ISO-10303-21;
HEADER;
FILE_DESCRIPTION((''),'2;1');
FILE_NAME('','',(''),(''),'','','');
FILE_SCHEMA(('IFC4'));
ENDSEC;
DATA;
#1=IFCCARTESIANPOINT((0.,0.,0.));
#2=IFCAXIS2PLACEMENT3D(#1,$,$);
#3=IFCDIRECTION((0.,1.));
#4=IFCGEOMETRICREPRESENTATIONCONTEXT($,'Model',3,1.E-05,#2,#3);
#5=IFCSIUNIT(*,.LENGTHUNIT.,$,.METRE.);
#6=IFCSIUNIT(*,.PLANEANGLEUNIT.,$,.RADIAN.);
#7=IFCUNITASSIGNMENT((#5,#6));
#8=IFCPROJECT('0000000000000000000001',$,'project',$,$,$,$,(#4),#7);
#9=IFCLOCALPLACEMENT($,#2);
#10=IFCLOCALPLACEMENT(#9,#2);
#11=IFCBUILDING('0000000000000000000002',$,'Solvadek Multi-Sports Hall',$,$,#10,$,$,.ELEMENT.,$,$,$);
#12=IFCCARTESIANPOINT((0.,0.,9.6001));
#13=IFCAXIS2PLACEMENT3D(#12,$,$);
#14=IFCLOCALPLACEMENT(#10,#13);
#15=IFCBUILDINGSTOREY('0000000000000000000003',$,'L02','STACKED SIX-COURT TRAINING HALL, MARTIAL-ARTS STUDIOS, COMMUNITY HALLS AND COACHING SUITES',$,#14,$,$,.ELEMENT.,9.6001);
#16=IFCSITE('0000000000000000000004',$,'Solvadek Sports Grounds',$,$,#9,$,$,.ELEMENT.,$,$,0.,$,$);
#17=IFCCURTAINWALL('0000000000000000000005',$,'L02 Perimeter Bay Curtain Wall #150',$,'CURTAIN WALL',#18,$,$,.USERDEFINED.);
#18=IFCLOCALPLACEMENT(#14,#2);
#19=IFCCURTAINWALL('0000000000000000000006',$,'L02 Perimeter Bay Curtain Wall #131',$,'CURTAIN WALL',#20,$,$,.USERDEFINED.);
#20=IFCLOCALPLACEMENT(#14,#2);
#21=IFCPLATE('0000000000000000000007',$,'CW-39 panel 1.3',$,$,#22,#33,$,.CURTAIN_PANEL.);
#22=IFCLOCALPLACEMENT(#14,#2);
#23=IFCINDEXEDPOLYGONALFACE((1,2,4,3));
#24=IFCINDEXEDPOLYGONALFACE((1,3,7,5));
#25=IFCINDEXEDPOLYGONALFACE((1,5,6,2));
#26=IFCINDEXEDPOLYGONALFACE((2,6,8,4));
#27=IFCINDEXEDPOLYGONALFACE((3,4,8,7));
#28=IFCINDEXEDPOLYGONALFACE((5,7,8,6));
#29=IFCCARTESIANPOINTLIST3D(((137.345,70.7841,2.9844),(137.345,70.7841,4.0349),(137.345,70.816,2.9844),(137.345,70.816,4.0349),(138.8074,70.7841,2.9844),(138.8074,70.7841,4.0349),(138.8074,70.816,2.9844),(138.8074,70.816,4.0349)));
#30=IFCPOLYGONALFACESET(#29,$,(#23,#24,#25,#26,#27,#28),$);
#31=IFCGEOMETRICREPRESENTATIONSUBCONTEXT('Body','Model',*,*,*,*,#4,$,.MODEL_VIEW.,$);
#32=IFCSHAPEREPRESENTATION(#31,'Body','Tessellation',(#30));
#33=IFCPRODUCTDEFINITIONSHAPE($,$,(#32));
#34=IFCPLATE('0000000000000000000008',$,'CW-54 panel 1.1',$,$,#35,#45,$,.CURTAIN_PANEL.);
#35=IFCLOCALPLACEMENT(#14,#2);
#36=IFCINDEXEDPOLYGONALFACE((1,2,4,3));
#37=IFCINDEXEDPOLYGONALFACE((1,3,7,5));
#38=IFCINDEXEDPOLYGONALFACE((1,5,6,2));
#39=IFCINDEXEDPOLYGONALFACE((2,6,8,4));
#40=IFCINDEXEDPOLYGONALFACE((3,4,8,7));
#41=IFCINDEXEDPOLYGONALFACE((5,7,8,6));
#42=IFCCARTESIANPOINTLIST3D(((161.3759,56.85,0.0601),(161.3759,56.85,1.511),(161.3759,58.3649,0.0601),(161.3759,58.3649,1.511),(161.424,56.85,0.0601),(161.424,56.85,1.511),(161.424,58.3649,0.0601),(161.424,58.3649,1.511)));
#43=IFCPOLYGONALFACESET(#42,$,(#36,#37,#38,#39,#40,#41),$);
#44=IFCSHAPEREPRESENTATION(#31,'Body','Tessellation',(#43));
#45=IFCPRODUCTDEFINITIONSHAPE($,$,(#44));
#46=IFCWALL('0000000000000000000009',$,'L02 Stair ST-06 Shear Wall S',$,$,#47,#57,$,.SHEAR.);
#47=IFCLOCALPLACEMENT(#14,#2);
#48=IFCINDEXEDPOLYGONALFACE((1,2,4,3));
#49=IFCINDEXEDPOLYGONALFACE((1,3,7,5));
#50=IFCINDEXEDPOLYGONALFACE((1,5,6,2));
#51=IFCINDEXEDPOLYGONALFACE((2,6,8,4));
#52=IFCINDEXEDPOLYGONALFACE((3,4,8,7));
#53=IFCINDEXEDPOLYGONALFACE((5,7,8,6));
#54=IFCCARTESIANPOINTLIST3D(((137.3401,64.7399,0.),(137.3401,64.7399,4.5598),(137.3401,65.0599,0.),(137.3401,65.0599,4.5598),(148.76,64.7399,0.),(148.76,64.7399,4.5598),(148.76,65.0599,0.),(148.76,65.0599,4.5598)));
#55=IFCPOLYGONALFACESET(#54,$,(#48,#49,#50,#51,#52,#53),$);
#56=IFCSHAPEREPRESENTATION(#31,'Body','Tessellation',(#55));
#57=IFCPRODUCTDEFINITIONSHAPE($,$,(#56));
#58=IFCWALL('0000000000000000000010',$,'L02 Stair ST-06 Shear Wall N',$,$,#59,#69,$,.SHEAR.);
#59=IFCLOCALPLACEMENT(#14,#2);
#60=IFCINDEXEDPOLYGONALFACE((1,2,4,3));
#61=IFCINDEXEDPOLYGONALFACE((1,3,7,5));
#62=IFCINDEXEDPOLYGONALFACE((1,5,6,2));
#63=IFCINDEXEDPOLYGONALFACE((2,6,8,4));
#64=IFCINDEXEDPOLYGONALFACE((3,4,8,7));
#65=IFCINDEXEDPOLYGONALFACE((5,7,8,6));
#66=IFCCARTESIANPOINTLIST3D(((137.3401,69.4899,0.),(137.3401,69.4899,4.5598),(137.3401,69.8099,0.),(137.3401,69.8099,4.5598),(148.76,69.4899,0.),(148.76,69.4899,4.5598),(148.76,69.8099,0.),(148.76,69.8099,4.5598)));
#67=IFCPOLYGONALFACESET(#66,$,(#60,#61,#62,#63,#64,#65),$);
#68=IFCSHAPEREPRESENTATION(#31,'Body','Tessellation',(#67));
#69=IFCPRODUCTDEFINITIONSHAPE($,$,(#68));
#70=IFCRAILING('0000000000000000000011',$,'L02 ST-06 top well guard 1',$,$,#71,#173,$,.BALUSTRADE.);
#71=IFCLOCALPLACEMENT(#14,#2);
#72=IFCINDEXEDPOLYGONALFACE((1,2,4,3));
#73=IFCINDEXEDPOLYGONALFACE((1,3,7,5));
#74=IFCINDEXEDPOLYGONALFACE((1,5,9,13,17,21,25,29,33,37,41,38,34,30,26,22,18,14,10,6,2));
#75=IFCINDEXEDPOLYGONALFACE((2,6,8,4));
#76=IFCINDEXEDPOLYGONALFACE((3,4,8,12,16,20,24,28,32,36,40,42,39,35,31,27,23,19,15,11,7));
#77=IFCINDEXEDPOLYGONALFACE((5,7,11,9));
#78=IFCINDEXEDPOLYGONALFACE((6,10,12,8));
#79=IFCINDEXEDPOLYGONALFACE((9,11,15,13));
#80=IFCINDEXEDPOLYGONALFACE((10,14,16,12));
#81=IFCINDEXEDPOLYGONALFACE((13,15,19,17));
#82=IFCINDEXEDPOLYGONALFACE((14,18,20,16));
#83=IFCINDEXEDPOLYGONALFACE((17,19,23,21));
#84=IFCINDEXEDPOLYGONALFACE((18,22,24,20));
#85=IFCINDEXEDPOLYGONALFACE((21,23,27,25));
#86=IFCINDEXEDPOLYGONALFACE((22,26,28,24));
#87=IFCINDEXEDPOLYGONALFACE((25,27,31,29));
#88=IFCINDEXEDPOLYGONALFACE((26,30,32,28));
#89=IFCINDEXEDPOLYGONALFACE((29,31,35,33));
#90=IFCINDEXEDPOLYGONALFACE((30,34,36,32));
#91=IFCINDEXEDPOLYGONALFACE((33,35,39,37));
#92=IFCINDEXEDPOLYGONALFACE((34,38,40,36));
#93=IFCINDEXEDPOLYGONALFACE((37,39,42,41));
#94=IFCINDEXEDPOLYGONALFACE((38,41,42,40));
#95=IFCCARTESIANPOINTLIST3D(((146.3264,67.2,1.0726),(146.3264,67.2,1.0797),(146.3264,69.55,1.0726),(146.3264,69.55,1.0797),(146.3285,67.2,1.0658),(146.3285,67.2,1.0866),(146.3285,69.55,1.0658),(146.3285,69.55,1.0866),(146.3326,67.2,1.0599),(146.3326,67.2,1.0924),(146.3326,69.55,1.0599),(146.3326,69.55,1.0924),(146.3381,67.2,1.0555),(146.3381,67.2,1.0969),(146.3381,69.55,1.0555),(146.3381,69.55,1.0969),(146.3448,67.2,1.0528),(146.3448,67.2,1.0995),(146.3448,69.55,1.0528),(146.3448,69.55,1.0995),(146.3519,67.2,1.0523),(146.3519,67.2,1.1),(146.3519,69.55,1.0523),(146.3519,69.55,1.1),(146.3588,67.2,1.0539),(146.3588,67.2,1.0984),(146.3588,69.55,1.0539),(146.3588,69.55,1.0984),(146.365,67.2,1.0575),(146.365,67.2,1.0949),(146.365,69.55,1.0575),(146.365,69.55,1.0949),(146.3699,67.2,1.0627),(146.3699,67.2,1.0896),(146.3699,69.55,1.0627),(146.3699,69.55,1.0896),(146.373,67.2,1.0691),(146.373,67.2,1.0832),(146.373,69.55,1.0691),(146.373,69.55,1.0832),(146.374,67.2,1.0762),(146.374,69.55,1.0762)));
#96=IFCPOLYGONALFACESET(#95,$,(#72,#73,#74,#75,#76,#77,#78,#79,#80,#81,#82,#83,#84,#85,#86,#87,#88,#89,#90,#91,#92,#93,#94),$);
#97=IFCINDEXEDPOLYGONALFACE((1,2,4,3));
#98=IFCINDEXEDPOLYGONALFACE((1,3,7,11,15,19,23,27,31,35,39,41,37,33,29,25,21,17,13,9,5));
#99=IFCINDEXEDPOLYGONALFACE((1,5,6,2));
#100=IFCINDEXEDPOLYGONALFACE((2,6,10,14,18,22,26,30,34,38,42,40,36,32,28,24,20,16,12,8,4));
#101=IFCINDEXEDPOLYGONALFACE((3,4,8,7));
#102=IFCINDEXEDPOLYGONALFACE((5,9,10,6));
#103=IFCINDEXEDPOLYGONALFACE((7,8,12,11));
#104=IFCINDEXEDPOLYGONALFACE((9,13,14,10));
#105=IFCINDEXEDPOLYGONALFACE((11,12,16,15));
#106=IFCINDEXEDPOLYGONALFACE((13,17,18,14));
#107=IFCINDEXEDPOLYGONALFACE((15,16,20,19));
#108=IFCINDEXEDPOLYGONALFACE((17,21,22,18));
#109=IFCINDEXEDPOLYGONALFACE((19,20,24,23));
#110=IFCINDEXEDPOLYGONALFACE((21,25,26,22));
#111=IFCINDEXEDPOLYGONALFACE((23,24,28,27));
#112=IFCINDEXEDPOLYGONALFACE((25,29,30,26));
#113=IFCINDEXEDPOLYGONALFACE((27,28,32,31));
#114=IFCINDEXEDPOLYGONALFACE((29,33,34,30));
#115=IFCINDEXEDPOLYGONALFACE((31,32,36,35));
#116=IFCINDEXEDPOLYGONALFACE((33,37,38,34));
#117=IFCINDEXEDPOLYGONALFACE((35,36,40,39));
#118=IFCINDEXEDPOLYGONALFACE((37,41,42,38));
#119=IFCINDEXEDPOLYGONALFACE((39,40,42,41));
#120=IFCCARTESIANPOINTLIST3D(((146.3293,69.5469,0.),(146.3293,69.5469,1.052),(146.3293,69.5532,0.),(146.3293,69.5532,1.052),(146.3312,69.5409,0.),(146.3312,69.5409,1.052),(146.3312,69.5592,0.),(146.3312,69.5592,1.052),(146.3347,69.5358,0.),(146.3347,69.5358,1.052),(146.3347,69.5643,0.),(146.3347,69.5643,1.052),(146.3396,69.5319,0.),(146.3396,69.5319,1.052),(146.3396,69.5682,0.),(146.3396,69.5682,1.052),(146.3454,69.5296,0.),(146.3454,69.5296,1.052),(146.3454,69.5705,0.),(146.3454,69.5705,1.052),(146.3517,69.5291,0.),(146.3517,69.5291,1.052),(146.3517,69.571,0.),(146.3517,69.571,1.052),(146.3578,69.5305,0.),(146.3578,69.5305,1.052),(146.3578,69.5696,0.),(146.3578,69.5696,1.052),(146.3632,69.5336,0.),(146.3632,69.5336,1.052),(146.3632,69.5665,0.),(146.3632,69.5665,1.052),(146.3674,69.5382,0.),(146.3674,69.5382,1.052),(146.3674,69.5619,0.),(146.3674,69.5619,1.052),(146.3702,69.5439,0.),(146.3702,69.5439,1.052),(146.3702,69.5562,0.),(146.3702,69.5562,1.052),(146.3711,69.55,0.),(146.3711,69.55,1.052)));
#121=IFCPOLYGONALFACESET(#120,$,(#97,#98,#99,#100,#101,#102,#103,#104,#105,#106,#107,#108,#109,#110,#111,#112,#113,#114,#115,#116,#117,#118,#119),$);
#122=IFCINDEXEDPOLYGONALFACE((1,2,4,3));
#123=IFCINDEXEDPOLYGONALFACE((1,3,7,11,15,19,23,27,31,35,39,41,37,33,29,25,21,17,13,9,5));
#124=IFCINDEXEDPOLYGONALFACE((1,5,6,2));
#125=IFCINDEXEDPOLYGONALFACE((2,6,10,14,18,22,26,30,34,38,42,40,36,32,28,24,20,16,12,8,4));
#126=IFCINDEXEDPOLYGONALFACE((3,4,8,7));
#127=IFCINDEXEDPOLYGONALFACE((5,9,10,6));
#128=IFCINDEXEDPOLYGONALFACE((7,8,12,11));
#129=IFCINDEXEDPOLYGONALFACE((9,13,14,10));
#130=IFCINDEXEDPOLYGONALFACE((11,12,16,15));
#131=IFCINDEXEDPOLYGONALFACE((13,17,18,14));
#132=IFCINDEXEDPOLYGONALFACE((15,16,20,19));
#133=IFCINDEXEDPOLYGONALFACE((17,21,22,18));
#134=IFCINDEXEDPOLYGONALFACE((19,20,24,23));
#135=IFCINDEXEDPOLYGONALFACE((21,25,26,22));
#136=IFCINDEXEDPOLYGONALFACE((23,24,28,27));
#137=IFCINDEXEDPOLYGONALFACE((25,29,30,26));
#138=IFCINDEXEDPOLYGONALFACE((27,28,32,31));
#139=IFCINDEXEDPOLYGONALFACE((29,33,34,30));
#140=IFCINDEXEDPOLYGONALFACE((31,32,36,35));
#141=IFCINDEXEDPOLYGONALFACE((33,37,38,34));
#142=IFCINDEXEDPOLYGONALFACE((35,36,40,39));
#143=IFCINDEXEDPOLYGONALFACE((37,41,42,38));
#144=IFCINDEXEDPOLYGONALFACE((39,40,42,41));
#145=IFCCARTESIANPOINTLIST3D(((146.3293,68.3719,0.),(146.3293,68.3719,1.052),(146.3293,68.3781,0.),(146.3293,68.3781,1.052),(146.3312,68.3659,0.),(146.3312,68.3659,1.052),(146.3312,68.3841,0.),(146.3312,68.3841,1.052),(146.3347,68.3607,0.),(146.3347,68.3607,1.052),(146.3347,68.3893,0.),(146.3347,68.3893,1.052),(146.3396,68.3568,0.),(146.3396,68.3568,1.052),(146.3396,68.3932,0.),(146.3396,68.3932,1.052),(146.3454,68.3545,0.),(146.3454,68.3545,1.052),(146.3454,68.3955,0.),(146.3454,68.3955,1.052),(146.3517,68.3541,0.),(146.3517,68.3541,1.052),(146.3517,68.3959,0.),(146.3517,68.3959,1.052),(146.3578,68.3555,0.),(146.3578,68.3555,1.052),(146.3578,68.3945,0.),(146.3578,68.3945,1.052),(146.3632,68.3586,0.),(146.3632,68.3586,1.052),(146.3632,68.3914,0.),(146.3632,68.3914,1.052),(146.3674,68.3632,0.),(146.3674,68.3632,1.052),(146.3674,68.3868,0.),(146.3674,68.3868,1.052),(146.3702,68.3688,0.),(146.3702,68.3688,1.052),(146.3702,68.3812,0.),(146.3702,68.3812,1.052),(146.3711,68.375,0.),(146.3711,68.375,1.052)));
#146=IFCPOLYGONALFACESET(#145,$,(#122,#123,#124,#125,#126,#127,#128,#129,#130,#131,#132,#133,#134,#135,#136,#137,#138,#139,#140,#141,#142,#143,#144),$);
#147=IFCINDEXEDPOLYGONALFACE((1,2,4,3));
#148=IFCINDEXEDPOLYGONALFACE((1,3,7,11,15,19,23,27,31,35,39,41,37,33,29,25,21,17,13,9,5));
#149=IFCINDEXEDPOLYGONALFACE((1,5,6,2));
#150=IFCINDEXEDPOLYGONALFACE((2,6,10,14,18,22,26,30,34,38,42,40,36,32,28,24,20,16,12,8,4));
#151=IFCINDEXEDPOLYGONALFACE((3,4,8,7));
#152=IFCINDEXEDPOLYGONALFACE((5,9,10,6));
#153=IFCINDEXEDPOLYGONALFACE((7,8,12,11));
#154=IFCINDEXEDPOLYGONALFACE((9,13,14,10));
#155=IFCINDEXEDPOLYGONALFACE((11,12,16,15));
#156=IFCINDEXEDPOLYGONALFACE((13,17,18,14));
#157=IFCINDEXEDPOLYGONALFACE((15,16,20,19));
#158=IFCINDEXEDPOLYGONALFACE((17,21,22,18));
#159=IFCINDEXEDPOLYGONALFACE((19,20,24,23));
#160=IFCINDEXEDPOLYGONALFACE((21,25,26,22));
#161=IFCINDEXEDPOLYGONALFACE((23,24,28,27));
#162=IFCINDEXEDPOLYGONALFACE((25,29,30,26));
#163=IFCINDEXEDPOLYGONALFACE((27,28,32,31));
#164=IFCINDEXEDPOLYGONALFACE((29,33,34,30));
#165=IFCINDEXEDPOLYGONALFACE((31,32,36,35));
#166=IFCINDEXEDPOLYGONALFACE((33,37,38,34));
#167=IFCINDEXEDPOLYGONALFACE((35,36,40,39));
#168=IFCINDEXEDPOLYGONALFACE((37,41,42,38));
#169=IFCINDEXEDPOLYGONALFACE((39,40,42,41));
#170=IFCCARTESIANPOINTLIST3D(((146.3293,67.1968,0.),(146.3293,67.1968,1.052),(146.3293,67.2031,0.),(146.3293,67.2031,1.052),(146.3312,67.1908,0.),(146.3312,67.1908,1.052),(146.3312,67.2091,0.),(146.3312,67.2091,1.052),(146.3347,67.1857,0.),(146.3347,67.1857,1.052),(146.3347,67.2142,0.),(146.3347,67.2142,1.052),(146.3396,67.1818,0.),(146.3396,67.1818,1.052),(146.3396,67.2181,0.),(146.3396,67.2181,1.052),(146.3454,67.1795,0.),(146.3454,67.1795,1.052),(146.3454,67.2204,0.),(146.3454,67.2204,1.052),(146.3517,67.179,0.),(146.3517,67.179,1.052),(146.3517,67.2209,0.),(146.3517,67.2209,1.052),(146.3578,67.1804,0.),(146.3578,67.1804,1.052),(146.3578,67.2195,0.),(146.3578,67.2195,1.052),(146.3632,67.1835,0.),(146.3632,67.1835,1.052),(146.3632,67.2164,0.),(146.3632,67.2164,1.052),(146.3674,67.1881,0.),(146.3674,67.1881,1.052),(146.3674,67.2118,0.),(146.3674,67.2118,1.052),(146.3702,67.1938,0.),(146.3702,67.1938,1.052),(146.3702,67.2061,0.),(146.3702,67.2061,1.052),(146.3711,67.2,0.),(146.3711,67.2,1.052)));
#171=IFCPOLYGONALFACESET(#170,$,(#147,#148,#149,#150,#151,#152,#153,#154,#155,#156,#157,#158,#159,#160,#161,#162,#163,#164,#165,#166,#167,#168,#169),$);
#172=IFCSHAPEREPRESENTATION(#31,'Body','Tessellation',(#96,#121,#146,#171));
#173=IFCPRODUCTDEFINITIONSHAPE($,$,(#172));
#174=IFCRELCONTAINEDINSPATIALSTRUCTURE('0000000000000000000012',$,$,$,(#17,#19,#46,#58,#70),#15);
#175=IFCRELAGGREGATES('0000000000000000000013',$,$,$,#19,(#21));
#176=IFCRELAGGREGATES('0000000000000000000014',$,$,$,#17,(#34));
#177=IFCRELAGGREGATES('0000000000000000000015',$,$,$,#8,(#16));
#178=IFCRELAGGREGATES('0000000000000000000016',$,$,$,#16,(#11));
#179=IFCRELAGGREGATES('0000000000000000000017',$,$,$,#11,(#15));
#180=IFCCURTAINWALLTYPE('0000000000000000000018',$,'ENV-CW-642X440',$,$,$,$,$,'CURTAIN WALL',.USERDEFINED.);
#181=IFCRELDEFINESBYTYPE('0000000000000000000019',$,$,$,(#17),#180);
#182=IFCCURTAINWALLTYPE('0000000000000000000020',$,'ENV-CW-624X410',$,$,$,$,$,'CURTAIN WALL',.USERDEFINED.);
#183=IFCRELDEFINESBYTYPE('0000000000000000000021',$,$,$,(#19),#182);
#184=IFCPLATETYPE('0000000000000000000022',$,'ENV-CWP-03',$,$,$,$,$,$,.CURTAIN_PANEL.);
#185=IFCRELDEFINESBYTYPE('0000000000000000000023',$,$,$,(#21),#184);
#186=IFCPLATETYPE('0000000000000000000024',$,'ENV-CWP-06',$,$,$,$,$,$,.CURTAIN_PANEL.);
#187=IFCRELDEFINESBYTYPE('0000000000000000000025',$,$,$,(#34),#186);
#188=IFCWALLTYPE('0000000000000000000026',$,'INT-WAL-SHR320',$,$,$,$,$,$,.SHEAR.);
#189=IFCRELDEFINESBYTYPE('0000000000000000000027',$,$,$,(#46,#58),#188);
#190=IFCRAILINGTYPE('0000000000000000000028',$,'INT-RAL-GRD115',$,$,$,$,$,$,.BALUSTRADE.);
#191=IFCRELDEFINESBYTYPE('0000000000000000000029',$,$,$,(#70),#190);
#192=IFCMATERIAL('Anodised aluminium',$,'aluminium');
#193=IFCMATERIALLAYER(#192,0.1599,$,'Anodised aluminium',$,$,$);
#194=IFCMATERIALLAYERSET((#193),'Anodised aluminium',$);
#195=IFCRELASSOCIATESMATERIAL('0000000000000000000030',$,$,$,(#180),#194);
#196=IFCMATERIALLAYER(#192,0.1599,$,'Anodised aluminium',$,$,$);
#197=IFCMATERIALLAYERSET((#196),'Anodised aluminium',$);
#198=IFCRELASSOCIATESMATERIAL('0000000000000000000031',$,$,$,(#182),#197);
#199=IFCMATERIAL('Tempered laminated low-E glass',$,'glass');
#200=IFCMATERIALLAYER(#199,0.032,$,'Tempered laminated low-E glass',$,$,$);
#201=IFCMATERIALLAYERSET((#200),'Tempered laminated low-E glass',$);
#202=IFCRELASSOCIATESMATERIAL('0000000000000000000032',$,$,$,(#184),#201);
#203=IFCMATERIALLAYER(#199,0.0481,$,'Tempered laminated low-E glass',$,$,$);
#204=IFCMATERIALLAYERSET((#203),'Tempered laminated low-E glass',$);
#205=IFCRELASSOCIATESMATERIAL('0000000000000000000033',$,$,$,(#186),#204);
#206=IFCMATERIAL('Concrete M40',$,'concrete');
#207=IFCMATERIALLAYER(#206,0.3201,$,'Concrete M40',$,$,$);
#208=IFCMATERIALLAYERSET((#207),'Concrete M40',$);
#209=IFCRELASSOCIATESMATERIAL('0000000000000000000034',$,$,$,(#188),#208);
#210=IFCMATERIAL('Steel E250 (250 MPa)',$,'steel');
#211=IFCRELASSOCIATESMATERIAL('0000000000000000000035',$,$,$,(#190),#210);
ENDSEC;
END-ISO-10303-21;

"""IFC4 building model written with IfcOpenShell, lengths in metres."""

from ifc_helpers import new_model, si_unit, direction, frame, frame_2d, origin, origin_2d, place, context, subcontext, project, spatial, rectangle, circle, extrude, material, layer, layer_set, type_object, element, aggregate, save


model = new_model("IFC4")

# Units and contexts
model_context = context("Model", 3, precision=1e-05, world=origin(), true_north=direction((0.0, 1.0)))
body_context = subcontext(model_context, "Body", "Model", "MODEL_VIEW")
ifc_project = project(units=[si_unit("LENGTHUNIT", "METRE"), si_unit("PLANEANGLEUNIT", "RADIAN")], contexts=[model_context])

# Site, building, storey
site_placement = place(None, origin())
site = spatial("IfcSite", under=ifc_project, at=site_placement, Name="Solvadek Sports Grounds", CompositionType="ELEMENT", RefElevation=0.0)
building_placement = place(site_placement, origin())
building = spatial("IfcBuilding", under=site, at=building_placement, Name="Solvadek Multi-Sports Hall", CompositionType="ELEMENT")
storey_placement = place(building_placement, frame((0.0, 0.0, 9.6001)))
storey = spatial("IfcBuildingStorey", under=building, at=storey_placement, Name="L02", Description="STACKED SIX-COURT TRAINING HALL, MARTIAL-ARTS STUDIOS, COMMUNITY HALLS AND COACHING SUITES", CompositionType="ELEMENT", Elevation=9.6001)

# Curtain wall
ifc_material_1 = material(Name="Anodised aluminium", Category="aluminium")
ifc_layer_1 = layer(ifc_material_1, 0.1599, Name="Anodised aluminium")
ifc_layer_set_1 = layer_set([ifc_layer_1], Name="Anodised aluminium")
curtain_wall_type_1 = type_object("IfcCurtainWallType", Name="ENV-CW-642X440", ElementType="CURTAIN WALL", PredefinedType="USERDEFINED", material=ifc_layer_set_1)
curtain_wall_1_placement = place(storey_placement, origin())
curtain_wall_1 = element("IfcCurtainWall", 1, at=curtain_wall_1_placement, inside=storey, type_object=curtain_wall_type_1, Name="L02 Perimeter Bay Curtain Wall #150", ObjectType="CURTAIN WALL", PredefinedType="USERDEFINED")

# Curtain wall
ifc_layer_2 = layer(ifc_material_1, 0.1599, Name="Anodised aluminium")
ifc_layer_set_2 = layer_set([ifc_layer_2], Name="Anodised aluminium")
curtain_wall_type_2 = type_object("IfcCurtainWallType", Name="ENV-CW-624X410", ElementType="CURTAIN WALL", PredefinedType="USERDEFINED", material=ifc_layer_set_2)
curtain_wall_2_placement = place(storey_placement, origin())
curtain_wall_2 = element("IfcCurtainWall", 2, at=curtain_wall_2_placement, inside=storey, type_object=curtain_wall_type_2, Name="L02 Perimeter Bay Curtain Wall #131", ObjectType="CURTAIN WALL", PredefinedType="USERDEFINED")

# Plates
ifc_material_2 = material(Name="Tempered laminated low-E glass", Category="glass")
ifc_layer_3 = layer(ifc_material_2, 0.032, Name="Tempered laminated low-E glass")
ifc_layer_set_3 = layer_set([ifc_layer_3], Name="Tempered laminated low-E glass")
plate_type_1 = type_object("IfcPlateType", Name="ENV-CWP-03", PredefinedType="CURTAIN_PANEL", material=ifc_layer_set_3)
plate_1_placement = place(storey_placement, frame((138.0762, 70.8, 2.9844), z_axis=(0.0, 0.0, 1.0), x_axis=(1.0, 0.0, 0.0)))
plate_1 = element("IfcPlate", 3, at=plate_1_placement, type_object=plate_type_1, Name="CW-39 panel 1.3", PredefinedType="CURTAIN_PANEL", context=body_context, shape_type="SweptSolid", body=[
    extrude(rectangle(XDim=1.4624, YDim=0.032, at=origin_2d()), origin(), (0.0, 0.0, 1.0), 1.0505),
])
aggregate(curtain_wall_2, [plate_1])
ifc_layer_4 = layer(ifc_material_2, 0.0481, Name="Tempered laminated low-E glass")
ifc_layer_set_4 = layer_set([ifc_layer_4], Name="Tempered laminated low-E glass")
plate_type_2 = type_object("IfcPlateType", Name="ENV-CWP-06", PredefinedType="CURTAIN_PANEL", material=ifc_layer_set_4)
plate_2_placement = place(storey_placement, frame((161.3999, 57.6074, 0.0601), z_axis=(0.0, 0.0, 1.0), x_axis=(0.0, 1.0, 0.0)))
plate_2 = element("IfcPlate", 4, at=plate_2_placement, type_object=plate_type_2, Name="CW-54 panel 1.1", PredefinedType="CURTAIN_PANEL", context=body_context, shape_type="SweptSolid", body=[
    extrude(rectangle(XDim=1.5149, YDim=0.0481, at=origin_2d()), origin(), (0.0, 0.0, 1.0), 1.4509),
])
aggregate(curtain_wall_1, [plate_2])

# Walls
ifc_material_3 = material(Name="Concrete M40", Category="concrete")
ifc_layer_5 = layer(ifc_material_3, 0.3201, Name="Concrete M40")
ifc_layer_set_5 = layer_set([ifc_layer_5], Name="Concrete M40")
wall_type = type_object("IfcWallType", Name="INT-WAL-SHR320", PredefinedType="SHEAR", material=ifc_layer_set_5)
for number, where, z_axis, x_axis, name in (
    (5, (137.3401, 64.8999, 0.0), (0.0, 0.0, 1.0), (1.0, 0.0, 0.0), "L02 Stair ST-06 Shear Wall S"),
    (6, (137.3401, 69.6499, 0.0), (0.0, 0.0, 1.0), (1.0, 0.0, 0.0), "L02 Stair ST-06 Shear Wall N"),
):
    element("IfcWall", number, at=place(storey_placement, frame(where, z_axis=z_axis, x_axis=x_axis)), inside=storey, type_object=wall_type, Name=name, PredefinedType="SHEAR", context=body_context, shape_type="SweptSolid", body=[
        extrude(rectangle(XDim=11.4199, YDim=0.3201, at=frame_2d((5.71, 0.0))), origin(), (0.0, 0.0, 1.0), 4.5598),
    ])

# Shared definitions
ifc_material_4 = material(Name="Steel E250 (250 MPa)", Category="steel")

# Railing
railing_type = type_object("IfcRailingType", Name="INT-RAL-GRD115", PredefinedType="BALUSTRADE", material=ifc_material_4)
railing_1_placement = place(storey_placement, frame((146.3501, 69.55, 0.0)))
element("IfcRailing", 7, at=railing_1_placement, inside=storey, type_object=railing_type, Name="L02 ST-06 top well guard 1", PredefinedType="BALUSTRADE", context=body_context, shape_type="SweptSolid", body=[
    extrude(circle(Radius=0.0239, at=origin_2d()), frame((0.0, 0.0, 1.0762), z_axis=(0.0, -1.0, 0.0), x_axis=(1.0, 0.0, 0.0)), (0.0, 0.0, 1.0), 2.3501),
    extrude(circle(Radius=0.021, at=origin_2d()), origin(), (0.0, 0.0, 1.0), 1.052),
    extrude(circle(Radius=0.021, at=origin_2d()), frame((0.0, -1.175, 0.0)), (0.0, 0.0, 1.0), 1.052),
    extrude(circle(Radius=0.021, at=origin_2d()), frame((0.0, -2.3501, 0.0)), (0.0, 0.0, 1.0), 1.052),
])

save(model, "model.ifc")
